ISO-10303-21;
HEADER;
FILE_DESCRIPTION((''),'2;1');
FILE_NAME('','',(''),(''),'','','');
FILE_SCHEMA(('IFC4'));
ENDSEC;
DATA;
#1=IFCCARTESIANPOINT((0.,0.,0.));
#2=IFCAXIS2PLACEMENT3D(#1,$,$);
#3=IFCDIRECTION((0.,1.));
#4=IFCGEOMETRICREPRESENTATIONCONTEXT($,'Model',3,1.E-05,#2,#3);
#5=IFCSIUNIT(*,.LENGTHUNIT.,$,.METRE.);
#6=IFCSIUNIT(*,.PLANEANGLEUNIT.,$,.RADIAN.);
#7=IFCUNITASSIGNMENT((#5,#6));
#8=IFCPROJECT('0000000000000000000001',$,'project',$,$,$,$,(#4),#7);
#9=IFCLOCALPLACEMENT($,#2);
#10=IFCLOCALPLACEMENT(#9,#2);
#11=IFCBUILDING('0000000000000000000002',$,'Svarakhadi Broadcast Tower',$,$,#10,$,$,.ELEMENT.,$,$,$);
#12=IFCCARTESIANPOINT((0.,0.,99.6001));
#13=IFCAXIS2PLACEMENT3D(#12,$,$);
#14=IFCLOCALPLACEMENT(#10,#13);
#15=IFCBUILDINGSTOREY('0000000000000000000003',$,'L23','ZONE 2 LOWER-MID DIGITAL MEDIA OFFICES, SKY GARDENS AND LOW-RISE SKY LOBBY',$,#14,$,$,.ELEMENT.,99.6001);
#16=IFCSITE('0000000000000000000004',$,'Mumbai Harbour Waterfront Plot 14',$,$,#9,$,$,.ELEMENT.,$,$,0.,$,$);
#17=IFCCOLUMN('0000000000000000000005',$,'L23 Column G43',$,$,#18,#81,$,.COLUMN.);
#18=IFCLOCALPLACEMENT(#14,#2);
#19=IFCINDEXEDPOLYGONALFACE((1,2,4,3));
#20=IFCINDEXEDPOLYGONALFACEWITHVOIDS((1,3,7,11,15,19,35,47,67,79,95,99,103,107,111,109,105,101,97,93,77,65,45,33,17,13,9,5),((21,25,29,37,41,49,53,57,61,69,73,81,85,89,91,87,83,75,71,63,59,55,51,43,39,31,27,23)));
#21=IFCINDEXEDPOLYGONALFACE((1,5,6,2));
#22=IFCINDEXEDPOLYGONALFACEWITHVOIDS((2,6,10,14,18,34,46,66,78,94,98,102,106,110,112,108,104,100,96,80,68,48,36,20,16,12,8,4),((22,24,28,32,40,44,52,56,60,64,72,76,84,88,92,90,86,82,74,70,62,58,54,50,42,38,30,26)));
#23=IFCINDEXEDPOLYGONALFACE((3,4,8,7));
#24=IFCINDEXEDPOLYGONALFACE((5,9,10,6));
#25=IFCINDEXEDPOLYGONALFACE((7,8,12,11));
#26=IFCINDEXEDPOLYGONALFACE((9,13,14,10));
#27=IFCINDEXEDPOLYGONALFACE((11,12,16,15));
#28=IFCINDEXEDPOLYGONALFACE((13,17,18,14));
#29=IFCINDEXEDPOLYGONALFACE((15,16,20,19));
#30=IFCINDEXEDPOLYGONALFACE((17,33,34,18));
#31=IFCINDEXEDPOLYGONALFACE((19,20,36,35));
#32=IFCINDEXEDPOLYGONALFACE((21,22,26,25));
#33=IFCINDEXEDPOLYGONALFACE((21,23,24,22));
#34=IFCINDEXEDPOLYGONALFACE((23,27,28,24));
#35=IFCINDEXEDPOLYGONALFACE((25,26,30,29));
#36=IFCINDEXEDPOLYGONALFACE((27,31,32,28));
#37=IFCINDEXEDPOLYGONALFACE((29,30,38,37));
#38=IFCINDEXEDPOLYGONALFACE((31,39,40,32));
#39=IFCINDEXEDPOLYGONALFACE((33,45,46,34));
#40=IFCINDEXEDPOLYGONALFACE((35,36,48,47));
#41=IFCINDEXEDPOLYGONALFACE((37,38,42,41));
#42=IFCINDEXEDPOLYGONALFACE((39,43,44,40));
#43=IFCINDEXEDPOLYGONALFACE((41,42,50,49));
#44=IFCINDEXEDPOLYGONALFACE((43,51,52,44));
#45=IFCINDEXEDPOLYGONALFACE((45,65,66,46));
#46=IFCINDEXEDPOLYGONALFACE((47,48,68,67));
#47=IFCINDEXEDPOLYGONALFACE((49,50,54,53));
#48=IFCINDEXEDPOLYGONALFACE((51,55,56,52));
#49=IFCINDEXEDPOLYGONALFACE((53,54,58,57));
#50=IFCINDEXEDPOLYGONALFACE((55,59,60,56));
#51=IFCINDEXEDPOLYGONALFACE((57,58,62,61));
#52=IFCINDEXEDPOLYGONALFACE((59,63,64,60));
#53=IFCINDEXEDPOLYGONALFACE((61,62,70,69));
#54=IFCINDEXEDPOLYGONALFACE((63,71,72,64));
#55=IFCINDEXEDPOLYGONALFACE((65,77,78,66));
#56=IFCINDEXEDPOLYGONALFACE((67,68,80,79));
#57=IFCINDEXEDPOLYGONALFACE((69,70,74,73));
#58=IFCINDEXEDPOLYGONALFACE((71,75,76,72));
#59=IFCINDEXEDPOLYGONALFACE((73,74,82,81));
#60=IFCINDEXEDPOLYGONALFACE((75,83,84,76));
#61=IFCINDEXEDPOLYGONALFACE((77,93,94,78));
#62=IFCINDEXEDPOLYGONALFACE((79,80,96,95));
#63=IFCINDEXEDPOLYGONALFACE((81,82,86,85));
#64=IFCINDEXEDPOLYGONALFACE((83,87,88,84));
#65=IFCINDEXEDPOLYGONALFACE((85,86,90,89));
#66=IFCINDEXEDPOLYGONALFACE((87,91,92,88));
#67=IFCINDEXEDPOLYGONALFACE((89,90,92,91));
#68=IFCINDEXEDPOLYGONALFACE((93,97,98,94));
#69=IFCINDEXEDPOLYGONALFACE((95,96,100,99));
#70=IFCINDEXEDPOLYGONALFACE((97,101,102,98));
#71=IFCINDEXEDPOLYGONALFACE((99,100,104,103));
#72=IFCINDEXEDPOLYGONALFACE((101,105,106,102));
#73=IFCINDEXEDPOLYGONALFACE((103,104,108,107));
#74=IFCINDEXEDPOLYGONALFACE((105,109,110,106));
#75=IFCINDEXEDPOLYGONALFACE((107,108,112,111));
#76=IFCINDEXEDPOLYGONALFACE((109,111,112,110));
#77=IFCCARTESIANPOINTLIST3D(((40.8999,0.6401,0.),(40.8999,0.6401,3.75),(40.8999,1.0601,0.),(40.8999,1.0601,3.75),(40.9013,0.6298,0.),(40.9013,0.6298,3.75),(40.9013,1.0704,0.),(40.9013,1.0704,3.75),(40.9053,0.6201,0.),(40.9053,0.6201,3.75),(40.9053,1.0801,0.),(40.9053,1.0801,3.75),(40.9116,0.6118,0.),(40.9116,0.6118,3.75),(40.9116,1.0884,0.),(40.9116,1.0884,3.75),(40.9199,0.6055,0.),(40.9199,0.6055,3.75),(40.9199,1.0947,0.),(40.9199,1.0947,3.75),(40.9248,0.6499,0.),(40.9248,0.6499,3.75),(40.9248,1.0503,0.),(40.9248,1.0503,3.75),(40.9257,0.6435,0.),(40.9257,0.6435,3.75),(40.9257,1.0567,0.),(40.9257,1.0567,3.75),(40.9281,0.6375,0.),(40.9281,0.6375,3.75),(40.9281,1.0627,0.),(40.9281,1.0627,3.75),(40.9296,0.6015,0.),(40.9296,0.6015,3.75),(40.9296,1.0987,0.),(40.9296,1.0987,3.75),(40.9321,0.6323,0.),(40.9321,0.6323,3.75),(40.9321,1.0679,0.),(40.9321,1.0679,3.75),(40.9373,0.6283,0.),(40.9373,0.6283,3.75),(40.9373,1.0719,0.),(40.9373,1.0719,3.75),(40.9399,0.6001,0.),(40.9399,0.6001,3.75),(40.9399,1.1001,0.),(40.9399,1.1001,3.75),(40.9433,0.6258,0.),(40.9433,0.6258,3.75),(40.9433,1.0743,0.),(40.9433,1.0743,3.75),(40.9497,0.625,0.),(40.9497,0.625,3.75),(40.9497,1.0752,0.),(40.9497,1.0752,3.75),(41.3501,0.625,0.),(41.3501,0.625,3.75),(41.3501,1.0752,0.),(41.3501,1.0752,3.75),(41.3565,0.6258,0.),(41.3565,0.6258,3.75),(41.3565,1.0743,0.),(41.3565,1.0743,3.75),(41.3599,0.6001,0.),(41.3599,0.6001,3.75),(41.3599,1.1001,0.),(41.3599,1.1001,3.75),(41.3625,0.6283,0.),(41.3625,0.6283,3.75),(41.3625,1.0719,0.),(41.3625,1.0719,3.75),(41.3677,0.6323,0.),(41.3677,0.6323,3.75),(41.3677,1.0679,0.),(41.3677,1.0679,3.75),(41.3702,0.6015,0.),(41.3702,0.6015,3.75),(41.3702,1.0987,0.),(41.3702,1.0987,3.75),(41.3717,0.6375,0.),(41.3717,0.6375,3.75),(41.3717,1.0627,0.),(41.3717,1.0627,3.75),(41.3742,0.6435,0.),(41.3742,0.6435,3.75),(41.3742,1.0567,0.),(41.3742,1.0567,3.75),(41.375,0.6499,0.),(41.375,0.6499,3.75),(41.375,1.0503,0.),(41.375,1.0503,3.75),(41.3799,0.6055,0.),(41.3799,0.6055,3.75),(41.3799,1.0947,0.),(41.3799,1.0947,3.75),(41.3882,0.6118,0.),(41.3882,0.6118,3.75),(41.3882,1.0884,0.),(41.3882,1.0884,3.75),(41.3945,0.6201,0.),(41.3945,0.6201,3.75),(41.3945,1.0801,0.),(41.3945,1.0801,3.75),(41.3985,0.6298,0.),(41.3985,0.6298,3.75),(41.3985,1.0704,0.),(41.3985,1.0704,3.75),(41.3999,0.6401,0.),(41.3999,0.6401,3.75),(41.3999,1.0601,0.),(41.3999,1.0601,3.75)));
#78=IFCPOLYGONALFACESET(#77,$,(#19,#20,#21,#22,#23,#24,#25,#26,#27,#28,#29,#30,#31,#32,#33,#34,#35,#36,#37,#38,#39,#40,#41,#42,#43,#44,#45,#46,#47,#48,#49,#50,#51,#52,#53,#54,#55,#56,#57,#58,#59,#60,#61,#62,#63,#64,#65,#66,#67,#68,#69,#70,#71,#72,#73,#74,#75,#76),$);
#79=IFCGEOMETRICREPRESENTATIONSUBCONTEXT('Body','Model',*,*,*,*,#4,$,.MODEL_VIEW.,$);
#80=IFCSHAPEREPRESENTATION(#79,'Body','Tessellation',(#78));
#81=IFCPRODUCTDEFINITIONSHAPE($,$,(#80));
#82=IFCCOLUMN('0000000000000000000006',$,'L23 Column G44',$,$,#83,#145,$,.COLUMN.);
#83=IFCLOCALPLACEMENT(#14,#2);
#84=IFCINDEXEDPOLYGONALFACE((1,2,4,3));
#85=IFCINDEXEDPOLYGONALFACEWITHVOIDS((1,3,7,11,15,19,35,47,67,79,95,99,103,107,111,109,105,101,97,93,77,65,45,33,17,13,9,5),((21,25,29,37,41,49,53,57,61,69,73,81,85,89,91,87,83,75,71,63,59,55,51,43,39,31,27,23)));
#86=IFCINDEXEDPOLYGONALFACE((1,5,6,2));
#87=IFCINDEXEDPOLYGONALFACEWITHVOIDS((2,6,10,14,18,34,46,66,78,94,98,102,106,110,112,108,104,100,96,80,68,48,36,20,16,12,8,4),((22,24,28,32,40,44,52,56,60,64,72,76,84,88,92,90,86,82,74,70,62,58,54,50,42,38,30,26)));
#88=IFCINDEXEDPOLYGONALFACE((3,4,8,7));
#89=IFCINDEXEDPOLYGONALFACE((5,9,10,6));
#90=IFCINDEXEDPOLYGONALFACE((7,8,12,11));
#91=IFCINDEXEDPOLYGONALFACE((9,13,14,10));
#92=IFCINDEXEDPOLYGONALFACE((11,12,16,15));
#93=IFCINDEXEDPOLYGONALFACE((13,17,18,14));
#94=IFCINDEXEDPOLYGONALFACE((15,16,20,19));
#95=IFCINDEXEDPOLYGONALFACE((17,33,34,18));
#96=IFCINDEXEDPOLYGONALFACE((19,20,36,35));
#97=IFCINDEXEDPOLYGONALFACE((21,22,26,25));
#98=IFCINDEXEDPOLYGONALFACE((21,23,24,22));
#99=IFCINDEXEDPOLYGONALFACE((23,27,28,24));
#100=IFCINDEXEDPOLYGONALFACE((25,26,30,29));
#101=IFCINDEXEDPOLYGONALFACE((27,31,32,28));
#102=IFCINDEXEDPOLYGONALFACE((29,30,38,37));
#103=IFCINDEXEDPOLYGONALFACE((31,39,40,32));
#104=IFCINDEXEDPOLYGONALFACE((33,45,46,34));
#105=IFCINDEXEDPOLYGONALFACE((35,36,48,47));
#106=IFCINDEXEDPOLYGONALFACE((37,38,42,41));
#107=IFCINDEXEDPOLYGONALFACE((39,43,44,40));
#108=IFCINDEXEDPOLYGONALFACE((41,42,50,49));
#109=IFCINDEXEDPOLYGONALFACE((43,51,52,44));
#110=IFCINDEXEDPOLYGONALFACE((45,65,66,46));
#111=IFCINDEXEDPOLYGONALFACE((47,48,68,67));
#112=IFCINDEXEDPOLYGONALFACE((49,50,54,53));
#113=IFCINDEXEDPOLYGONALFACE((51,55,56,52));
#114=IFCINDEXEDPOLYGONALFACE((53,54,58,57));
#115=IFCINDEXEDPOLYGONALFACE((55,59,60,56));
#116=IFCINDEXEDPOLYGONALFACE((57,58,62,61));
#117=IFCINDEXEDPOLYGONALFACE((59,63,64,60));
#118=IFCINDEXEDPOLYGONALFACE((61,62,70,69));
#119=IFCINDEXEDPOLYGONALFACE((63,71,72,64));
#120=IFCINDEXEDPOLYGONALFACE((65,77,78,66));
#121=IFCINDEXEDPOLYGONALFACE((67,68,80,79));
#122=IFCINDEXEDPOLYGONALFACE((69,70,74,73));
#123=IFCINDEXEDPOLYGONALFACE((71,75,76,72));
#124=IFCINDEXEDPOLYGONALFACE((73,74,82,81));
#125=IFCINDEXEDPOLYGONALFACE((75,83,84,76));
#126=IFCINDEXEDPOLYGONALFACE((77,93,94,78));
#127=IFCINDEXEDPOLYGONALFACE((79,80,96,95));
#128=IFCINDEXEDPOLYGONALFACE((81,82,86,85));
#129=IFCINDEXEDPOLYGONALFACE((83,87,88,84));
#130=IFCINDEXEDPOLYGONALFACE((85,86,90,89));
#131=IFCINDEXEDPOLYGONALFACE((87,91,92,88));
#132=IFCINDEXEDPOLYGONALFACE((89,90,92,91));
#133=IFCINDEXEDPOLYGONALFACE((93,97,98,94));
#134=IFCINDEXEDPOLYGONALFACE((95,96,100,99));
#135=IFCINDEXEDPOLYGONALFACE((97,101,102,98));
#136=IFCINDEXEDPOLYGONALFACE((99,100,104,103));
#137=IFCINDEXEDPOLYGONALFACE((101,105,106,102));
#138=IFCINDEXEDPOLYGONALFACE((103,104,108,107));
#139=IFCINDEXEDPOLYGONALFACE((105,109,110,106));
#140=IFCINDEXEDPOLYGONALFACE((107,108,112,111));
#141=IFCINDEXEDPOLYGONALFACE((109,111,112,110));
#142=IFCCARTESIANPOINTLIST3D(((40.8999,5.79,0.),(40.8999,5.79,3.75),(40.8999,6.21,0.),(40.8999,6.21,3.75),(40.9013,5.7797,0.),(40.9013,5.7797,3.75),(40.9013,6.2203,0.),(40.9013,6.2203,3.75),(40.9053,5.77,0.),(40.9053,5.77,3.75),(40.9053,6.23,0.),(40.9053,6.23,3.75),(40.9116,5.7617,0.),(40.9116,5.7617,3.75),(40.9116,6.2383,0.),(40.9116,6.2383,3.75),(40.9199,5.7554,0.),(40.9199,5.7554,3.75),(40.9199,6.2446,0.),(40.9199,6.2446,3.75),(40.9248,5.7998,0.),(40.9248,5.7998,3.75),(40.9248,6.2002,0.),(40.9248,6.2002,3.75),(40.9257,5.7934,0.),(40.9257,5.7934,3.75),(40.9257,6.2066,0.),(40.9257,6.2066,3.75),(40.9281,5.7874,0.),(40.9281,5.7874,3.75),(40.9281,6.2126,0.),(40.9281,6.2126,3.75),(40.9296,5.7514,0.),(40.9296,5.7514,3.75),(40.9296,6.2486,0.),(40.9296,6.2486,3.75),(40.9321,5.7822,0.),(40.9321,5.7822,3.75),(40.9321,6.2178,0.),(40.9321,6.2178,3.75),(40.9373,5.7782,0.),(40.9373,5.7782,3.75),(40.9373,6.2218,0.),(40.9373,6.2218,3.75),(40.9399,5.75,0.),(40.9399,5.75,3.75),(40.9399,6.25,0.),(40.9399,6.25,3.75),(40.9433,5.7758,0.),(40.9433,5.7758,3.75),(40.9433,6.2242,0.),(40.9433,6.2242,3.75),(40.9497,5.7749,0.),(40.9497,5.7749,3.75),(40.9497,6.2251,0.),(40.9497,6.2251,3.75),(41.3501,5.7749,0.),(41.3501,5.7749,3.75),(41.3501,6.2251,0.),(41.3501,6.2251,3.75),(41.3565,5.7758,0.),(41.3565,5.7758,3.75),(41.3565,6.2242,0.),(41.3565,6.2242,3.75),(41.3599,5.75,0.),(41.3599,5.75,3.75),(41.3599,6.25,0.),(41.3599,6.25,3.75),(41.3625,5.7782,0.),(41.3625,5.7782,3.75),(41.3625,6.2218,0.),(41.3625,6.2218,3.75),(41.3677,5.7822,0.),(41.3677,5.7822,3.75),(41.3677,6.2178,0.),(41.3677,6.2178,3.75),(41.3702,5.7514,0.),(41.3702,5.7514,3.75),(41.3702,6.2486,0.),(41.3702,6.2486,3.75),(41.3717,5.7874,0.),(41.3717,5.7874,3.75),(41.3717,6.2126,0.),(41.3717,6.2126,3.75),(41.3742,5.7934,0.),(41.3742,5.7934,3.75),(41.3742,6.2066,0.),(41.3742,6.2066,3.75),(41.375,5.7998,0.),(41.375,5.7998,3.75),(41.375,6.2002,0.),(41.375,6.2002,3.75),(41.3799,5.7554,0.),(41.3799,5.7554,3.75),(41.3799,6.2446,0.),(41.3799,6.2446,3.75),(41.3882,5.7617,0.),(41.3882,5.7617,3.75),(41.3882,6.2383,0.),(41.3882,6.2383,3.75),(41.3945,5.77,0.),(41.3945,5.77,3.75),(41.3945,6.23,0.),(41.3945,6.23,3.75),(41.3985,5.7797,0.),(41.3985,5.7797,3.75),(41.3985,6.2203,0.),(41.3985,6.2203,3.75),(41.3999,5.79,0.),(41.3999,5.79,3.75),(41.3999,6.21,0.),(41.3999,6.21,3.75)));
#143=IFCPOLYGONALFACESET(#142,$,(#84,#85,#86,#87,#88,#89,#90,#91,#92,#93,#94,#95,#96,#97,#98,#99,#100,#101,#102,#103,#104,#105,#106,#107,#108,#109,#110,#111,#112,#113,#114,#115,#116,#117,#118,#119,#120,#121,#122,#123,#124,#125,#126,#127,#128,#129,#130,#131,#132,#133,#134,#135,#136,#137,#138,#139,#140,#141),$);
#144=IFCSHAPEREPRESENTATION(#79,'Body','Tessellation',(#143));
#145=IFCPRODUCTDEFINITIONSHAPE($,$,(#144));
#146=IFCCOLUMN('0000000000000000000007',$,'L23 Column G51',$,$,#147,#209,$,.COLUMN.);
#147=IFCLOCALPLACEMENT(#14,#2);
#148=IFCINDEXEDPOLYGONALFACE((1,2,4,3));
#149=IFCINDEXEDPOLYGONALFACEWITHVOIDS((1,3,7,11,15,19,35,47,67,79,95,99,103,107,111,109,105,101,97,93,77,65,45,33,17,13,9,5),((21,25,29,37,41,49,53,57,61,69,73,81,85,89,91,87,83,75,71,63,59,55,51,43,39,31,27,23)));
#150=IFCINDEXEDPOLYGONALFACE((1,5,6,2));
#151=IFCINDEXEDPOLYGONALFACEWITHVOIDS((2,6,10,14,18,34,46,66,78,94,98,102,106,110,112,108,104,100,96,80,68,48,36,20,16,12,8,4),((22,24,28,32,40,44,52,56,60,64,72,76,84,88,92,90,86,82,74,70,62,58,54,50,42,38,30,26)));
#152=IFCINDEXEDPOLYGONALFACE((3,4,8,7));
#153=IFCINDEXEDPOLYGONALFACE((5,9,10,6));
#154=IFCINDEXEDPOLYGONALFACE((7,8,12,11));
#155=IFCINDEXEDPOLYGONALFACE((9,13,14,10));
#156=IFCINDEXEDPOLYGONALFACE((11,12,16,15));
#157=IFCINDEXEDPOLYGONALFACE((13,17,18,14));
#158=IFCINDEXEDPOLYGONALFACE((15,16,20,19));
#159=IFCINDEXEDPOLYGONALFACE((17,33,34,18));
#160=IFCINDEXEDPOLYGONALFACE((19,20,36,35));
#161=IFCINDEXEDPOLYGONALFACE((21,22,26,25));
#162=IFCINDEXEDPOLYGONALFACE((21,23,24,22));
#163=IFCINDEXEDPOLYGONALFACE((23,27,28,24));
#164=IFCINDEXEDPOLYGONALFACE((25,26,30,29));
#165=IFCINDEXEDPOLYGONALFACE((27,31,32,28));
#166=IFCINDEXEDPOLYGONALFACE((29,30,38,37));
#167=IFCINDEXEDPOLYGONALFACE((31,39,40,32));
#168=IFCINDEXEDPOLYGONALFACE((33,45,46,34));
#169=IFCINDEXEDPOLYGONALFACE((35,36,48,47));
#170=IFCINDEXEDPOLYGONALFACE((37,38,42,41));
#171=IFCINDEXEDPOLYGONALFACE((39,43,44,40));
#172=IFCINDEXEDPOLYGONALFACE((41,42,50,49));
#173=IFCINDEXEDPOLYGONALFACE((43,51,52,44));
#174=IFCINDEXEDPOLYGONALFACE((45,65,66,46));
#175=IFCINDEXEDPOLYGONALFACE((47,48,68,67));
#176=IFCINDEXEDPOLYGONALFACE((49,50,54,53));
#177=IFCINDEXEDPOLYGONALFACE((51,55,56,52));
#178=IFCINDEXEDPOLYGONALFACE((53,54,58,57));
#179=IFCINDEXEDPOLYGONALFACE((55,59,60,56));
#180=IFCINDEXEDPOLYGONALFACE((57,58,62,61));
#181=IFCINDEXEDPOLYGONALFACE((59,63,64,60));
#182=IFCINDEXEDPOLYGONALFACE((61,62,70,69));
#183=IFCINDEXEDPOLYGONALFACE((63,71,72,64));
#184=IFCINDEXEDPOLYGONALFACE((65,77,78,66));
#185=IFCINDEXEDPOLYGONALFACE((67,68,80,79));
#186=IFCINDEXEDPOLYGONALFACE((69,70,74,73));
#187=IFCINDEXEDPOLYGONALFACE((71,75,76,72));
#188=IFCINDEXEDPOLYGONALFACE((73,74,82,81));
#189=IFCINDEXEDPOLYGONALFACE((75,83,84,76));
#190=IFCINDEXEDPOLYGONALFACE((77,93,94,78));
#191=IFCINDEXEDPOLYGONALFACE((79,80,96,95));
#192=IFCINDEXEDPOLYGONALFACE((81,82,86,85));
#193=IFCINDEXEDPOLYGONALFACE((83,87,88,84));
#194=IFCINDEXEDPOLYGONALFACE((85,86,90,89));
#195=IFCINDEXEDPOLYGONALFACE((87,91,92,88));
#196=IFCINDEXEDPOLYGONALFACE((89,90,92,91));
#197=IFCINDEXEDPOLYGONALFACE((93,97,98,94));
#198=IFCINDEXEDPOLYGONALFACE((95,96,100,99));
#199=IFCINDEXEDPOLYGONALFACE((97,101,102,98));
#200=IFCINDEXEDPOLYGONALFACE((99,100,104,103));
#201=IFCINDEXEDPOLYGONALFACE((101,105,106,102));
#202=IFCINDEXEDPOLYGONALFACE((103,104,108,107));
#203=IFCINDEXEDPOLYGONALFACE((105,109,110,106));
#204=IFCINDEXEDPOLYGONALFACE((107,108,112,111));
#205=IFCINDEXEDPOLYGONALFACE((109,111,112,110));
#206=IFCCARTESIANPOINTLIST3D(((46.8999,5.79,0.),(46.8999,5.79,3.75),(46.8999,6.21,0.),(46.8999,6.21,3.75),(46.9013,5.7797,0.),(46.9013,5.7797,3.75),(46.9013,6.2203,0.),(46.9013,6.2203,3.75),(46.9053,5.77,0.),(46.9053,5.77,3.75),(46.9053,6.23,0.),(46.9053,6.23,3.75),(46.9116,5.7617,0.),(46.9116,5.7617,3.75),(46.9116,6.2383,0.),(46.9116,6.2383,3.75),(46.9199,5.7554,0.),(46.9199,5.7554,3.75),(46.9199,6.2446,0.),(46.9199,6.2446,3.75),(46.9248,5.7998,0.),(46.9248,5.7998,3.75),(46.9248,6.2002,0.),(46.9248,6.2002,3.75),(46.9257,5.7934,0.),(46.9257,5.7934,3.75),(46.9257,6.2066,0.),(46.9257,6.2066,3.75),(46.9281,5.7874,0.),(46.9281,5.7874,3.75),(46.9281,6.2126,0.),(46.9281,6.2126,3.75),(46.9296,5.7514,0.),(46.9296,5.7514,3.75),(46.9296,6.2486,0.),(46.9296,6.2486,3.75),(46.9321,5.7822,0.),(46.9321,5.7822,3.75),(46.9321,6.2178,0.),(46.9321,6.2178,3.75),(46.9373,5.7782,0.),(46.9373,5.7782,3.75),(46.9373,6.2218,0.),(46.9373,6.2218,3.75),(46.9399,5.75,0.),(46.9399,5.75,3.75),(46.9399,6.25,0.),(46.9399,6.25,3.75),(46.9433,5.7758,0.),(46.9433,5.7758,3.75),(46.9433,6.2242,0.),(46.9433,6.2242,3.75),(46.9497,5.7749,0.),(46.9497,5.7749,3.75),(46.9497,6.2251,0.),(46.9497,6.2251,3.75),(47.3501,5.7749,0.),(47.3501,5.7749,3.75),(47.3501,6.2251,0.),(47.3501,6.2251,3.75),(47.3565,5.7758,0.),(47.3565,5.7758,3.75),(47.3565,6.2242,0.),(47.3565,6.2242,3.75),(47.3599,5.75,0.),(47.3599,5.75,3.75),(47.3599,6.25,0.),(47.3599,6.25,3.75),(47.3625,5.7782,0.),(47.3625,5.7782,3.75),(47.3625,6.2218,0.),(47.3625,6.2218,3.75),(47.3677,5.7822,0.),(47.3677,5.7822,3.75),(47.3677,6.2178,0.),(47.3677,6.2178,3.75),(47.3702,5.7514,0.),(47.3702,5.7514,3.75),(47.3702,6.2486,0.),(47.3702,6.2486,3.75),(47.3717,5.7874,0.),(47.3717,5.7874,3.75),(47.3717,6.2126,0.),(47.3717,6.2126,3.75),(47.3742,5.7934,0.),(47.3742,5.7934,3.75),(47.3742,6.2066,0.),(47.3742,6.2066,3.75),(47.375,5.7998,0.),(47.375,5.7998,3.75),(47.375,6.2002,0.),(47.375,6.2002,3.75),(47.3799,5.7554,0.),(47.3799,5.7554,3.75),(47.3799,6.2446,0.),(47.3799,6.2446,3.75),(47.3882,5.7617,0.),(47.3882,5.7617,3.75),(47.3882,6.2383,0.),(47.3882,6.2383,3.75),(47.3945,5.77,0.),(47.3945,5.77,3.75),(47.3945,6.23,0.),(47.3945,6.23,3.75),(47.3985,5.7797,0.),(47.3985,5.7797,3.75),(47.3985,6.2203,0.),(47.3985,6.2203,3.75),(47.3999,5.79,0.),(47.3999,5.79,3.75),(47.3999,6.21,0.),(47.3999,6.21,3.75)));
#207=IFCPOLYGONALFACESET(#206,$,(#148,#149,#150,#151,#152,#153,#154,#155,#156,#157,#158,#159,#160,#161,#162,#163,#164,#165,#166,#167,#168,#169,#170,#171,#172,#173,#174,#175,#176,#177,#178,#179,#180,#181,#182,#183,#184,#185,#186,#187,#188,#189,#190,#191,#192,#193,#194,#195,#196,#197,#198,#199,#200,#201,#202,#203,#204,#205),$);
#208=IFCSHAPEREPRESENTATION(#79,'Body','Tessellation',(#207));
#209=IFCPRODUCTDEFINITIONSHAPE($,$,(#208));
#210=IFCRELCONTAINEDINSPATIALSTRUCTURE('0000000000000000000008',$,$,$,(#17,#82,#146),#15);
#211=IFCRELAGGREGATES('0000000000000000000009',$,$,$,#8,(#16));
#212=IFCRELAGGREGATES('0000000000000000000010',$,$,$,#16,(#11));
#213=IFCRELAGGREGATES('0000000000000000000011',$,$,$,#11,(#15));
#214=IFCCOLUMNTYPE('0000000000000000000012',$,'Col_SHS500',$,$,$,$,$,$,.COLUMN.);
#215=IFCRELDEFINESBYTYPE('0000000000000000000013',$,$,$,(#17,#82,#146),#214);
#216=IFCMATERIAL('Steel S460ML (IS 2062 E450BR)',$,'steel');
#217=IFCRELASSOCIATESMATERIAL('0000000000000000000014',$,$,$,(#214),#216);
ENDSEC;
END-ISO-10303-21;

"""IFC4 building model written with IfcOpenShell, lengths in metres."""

from ifc_helpers import new_model, si_unit, direction, frame, origin, origin_2d, place, context, subcontext, project, spatial, hollow_rectangle, extrude, material, material_profile, profile_set, type_object, element, save


model = new_model("IFC4")

# Units and contexts
model_context = context("Model", 3, precision=1e-05, world=origin(), true_north=direction((0.0, 1.0)))
body_context = subcontext(model_context, "Body", "Model", "MODEL_VIEW")
ifc_project = project(units=[si_unit("LENGTHUNIT", "METRE"), si_unit("PLANEANGLEUNIT", "RADIAN")], contexts=[model_context])

# Site, building, storey
site_placement = place(None, origin())
site = spatial("IfcSite", under=ifc_project, at=site_placement, Name="Mumbai Harbour Waterfront Plot 14", CompositionType="ELEMENT", RefElevation=0.0)
building_placement = place(site_placement, origin())
building = spatial("IfcBuilding", under=site, at=building_placement, Name="Svarakhadi Broadcast Tower", CompositionType="ELEMENT")
storey_placement = place(building_placement, frame((0.0, 0.0, 99.6001)))
storey = spatial("IfcBuildingStorey", under=building, at=storey_placement, Name="L23", Description="ZONE 2 LOWER-MID DIGITAL MEDIA OFFICES, SKY GARDENS AND LOW-RISE SKY LOBBY", CompositionType="ELEMENT", Elevation=99.6001)

# Columns
ifc_material_1 = material(Name="Steel S460ML (IS 2062 E450BR)", Category="steel")
ifc_material_profile_1 = material_profile(ifc_material_1, hollow_rectangle(XDim=0.5, YDim=0.5, WallThickness=0.0249, InnerFilletRadius=0.0249, OuterFilletRadius=0.04, at=origin_2d()), Name="SHS 500x500x25")
ifc_profile_set_1 = profile_set([ifc_material_profile_1], Name="Steel S460ML (IS 2062 E450BR)")
column_type = type_object("IfcColumnType", Name="Col_SHS500", PredefinedType="COLUMN", material=ifc_profile_set_1)
for number, where, z_axis, x_axis, name in (
    (1, (41.1499, 0.8501, 0.0), (0.0, 0.0, 1.0), (1.0, 0.0, 0.0), "L23 Column G43"),
    (2, (41.1499, 6.0, 0.0), (0.0, 0.0, 1.0), (1.0, 0.0, 0.0), "L23 Column G44"),
    (3, (47.1499, 6.0, 0.0), (0.0, 0.0, 1.0), (1.0, 0.0, 0.0), "L23 Column G51"),
):
    element("IfcColumn", number, at=place(storey_placement, frame(where, z_axis=z_axis, x_axis=x_axis)), inside=storey, type_object=column_type, Name=name, PredefinedType="COLUMN", context=body_context, shape_type="SweptSolid", body=[
        extrude(hollow_rectangle(XDim=0.5, YDim=0.5, WallThickness=0.0249, InnerFilletRadius=0.0249, OuterFilletRadius=0.04, at=origin_2d()), origin(), (0.0, 0.0, 1.0), 3.75),
    ])

save(model, "model.ifc")
